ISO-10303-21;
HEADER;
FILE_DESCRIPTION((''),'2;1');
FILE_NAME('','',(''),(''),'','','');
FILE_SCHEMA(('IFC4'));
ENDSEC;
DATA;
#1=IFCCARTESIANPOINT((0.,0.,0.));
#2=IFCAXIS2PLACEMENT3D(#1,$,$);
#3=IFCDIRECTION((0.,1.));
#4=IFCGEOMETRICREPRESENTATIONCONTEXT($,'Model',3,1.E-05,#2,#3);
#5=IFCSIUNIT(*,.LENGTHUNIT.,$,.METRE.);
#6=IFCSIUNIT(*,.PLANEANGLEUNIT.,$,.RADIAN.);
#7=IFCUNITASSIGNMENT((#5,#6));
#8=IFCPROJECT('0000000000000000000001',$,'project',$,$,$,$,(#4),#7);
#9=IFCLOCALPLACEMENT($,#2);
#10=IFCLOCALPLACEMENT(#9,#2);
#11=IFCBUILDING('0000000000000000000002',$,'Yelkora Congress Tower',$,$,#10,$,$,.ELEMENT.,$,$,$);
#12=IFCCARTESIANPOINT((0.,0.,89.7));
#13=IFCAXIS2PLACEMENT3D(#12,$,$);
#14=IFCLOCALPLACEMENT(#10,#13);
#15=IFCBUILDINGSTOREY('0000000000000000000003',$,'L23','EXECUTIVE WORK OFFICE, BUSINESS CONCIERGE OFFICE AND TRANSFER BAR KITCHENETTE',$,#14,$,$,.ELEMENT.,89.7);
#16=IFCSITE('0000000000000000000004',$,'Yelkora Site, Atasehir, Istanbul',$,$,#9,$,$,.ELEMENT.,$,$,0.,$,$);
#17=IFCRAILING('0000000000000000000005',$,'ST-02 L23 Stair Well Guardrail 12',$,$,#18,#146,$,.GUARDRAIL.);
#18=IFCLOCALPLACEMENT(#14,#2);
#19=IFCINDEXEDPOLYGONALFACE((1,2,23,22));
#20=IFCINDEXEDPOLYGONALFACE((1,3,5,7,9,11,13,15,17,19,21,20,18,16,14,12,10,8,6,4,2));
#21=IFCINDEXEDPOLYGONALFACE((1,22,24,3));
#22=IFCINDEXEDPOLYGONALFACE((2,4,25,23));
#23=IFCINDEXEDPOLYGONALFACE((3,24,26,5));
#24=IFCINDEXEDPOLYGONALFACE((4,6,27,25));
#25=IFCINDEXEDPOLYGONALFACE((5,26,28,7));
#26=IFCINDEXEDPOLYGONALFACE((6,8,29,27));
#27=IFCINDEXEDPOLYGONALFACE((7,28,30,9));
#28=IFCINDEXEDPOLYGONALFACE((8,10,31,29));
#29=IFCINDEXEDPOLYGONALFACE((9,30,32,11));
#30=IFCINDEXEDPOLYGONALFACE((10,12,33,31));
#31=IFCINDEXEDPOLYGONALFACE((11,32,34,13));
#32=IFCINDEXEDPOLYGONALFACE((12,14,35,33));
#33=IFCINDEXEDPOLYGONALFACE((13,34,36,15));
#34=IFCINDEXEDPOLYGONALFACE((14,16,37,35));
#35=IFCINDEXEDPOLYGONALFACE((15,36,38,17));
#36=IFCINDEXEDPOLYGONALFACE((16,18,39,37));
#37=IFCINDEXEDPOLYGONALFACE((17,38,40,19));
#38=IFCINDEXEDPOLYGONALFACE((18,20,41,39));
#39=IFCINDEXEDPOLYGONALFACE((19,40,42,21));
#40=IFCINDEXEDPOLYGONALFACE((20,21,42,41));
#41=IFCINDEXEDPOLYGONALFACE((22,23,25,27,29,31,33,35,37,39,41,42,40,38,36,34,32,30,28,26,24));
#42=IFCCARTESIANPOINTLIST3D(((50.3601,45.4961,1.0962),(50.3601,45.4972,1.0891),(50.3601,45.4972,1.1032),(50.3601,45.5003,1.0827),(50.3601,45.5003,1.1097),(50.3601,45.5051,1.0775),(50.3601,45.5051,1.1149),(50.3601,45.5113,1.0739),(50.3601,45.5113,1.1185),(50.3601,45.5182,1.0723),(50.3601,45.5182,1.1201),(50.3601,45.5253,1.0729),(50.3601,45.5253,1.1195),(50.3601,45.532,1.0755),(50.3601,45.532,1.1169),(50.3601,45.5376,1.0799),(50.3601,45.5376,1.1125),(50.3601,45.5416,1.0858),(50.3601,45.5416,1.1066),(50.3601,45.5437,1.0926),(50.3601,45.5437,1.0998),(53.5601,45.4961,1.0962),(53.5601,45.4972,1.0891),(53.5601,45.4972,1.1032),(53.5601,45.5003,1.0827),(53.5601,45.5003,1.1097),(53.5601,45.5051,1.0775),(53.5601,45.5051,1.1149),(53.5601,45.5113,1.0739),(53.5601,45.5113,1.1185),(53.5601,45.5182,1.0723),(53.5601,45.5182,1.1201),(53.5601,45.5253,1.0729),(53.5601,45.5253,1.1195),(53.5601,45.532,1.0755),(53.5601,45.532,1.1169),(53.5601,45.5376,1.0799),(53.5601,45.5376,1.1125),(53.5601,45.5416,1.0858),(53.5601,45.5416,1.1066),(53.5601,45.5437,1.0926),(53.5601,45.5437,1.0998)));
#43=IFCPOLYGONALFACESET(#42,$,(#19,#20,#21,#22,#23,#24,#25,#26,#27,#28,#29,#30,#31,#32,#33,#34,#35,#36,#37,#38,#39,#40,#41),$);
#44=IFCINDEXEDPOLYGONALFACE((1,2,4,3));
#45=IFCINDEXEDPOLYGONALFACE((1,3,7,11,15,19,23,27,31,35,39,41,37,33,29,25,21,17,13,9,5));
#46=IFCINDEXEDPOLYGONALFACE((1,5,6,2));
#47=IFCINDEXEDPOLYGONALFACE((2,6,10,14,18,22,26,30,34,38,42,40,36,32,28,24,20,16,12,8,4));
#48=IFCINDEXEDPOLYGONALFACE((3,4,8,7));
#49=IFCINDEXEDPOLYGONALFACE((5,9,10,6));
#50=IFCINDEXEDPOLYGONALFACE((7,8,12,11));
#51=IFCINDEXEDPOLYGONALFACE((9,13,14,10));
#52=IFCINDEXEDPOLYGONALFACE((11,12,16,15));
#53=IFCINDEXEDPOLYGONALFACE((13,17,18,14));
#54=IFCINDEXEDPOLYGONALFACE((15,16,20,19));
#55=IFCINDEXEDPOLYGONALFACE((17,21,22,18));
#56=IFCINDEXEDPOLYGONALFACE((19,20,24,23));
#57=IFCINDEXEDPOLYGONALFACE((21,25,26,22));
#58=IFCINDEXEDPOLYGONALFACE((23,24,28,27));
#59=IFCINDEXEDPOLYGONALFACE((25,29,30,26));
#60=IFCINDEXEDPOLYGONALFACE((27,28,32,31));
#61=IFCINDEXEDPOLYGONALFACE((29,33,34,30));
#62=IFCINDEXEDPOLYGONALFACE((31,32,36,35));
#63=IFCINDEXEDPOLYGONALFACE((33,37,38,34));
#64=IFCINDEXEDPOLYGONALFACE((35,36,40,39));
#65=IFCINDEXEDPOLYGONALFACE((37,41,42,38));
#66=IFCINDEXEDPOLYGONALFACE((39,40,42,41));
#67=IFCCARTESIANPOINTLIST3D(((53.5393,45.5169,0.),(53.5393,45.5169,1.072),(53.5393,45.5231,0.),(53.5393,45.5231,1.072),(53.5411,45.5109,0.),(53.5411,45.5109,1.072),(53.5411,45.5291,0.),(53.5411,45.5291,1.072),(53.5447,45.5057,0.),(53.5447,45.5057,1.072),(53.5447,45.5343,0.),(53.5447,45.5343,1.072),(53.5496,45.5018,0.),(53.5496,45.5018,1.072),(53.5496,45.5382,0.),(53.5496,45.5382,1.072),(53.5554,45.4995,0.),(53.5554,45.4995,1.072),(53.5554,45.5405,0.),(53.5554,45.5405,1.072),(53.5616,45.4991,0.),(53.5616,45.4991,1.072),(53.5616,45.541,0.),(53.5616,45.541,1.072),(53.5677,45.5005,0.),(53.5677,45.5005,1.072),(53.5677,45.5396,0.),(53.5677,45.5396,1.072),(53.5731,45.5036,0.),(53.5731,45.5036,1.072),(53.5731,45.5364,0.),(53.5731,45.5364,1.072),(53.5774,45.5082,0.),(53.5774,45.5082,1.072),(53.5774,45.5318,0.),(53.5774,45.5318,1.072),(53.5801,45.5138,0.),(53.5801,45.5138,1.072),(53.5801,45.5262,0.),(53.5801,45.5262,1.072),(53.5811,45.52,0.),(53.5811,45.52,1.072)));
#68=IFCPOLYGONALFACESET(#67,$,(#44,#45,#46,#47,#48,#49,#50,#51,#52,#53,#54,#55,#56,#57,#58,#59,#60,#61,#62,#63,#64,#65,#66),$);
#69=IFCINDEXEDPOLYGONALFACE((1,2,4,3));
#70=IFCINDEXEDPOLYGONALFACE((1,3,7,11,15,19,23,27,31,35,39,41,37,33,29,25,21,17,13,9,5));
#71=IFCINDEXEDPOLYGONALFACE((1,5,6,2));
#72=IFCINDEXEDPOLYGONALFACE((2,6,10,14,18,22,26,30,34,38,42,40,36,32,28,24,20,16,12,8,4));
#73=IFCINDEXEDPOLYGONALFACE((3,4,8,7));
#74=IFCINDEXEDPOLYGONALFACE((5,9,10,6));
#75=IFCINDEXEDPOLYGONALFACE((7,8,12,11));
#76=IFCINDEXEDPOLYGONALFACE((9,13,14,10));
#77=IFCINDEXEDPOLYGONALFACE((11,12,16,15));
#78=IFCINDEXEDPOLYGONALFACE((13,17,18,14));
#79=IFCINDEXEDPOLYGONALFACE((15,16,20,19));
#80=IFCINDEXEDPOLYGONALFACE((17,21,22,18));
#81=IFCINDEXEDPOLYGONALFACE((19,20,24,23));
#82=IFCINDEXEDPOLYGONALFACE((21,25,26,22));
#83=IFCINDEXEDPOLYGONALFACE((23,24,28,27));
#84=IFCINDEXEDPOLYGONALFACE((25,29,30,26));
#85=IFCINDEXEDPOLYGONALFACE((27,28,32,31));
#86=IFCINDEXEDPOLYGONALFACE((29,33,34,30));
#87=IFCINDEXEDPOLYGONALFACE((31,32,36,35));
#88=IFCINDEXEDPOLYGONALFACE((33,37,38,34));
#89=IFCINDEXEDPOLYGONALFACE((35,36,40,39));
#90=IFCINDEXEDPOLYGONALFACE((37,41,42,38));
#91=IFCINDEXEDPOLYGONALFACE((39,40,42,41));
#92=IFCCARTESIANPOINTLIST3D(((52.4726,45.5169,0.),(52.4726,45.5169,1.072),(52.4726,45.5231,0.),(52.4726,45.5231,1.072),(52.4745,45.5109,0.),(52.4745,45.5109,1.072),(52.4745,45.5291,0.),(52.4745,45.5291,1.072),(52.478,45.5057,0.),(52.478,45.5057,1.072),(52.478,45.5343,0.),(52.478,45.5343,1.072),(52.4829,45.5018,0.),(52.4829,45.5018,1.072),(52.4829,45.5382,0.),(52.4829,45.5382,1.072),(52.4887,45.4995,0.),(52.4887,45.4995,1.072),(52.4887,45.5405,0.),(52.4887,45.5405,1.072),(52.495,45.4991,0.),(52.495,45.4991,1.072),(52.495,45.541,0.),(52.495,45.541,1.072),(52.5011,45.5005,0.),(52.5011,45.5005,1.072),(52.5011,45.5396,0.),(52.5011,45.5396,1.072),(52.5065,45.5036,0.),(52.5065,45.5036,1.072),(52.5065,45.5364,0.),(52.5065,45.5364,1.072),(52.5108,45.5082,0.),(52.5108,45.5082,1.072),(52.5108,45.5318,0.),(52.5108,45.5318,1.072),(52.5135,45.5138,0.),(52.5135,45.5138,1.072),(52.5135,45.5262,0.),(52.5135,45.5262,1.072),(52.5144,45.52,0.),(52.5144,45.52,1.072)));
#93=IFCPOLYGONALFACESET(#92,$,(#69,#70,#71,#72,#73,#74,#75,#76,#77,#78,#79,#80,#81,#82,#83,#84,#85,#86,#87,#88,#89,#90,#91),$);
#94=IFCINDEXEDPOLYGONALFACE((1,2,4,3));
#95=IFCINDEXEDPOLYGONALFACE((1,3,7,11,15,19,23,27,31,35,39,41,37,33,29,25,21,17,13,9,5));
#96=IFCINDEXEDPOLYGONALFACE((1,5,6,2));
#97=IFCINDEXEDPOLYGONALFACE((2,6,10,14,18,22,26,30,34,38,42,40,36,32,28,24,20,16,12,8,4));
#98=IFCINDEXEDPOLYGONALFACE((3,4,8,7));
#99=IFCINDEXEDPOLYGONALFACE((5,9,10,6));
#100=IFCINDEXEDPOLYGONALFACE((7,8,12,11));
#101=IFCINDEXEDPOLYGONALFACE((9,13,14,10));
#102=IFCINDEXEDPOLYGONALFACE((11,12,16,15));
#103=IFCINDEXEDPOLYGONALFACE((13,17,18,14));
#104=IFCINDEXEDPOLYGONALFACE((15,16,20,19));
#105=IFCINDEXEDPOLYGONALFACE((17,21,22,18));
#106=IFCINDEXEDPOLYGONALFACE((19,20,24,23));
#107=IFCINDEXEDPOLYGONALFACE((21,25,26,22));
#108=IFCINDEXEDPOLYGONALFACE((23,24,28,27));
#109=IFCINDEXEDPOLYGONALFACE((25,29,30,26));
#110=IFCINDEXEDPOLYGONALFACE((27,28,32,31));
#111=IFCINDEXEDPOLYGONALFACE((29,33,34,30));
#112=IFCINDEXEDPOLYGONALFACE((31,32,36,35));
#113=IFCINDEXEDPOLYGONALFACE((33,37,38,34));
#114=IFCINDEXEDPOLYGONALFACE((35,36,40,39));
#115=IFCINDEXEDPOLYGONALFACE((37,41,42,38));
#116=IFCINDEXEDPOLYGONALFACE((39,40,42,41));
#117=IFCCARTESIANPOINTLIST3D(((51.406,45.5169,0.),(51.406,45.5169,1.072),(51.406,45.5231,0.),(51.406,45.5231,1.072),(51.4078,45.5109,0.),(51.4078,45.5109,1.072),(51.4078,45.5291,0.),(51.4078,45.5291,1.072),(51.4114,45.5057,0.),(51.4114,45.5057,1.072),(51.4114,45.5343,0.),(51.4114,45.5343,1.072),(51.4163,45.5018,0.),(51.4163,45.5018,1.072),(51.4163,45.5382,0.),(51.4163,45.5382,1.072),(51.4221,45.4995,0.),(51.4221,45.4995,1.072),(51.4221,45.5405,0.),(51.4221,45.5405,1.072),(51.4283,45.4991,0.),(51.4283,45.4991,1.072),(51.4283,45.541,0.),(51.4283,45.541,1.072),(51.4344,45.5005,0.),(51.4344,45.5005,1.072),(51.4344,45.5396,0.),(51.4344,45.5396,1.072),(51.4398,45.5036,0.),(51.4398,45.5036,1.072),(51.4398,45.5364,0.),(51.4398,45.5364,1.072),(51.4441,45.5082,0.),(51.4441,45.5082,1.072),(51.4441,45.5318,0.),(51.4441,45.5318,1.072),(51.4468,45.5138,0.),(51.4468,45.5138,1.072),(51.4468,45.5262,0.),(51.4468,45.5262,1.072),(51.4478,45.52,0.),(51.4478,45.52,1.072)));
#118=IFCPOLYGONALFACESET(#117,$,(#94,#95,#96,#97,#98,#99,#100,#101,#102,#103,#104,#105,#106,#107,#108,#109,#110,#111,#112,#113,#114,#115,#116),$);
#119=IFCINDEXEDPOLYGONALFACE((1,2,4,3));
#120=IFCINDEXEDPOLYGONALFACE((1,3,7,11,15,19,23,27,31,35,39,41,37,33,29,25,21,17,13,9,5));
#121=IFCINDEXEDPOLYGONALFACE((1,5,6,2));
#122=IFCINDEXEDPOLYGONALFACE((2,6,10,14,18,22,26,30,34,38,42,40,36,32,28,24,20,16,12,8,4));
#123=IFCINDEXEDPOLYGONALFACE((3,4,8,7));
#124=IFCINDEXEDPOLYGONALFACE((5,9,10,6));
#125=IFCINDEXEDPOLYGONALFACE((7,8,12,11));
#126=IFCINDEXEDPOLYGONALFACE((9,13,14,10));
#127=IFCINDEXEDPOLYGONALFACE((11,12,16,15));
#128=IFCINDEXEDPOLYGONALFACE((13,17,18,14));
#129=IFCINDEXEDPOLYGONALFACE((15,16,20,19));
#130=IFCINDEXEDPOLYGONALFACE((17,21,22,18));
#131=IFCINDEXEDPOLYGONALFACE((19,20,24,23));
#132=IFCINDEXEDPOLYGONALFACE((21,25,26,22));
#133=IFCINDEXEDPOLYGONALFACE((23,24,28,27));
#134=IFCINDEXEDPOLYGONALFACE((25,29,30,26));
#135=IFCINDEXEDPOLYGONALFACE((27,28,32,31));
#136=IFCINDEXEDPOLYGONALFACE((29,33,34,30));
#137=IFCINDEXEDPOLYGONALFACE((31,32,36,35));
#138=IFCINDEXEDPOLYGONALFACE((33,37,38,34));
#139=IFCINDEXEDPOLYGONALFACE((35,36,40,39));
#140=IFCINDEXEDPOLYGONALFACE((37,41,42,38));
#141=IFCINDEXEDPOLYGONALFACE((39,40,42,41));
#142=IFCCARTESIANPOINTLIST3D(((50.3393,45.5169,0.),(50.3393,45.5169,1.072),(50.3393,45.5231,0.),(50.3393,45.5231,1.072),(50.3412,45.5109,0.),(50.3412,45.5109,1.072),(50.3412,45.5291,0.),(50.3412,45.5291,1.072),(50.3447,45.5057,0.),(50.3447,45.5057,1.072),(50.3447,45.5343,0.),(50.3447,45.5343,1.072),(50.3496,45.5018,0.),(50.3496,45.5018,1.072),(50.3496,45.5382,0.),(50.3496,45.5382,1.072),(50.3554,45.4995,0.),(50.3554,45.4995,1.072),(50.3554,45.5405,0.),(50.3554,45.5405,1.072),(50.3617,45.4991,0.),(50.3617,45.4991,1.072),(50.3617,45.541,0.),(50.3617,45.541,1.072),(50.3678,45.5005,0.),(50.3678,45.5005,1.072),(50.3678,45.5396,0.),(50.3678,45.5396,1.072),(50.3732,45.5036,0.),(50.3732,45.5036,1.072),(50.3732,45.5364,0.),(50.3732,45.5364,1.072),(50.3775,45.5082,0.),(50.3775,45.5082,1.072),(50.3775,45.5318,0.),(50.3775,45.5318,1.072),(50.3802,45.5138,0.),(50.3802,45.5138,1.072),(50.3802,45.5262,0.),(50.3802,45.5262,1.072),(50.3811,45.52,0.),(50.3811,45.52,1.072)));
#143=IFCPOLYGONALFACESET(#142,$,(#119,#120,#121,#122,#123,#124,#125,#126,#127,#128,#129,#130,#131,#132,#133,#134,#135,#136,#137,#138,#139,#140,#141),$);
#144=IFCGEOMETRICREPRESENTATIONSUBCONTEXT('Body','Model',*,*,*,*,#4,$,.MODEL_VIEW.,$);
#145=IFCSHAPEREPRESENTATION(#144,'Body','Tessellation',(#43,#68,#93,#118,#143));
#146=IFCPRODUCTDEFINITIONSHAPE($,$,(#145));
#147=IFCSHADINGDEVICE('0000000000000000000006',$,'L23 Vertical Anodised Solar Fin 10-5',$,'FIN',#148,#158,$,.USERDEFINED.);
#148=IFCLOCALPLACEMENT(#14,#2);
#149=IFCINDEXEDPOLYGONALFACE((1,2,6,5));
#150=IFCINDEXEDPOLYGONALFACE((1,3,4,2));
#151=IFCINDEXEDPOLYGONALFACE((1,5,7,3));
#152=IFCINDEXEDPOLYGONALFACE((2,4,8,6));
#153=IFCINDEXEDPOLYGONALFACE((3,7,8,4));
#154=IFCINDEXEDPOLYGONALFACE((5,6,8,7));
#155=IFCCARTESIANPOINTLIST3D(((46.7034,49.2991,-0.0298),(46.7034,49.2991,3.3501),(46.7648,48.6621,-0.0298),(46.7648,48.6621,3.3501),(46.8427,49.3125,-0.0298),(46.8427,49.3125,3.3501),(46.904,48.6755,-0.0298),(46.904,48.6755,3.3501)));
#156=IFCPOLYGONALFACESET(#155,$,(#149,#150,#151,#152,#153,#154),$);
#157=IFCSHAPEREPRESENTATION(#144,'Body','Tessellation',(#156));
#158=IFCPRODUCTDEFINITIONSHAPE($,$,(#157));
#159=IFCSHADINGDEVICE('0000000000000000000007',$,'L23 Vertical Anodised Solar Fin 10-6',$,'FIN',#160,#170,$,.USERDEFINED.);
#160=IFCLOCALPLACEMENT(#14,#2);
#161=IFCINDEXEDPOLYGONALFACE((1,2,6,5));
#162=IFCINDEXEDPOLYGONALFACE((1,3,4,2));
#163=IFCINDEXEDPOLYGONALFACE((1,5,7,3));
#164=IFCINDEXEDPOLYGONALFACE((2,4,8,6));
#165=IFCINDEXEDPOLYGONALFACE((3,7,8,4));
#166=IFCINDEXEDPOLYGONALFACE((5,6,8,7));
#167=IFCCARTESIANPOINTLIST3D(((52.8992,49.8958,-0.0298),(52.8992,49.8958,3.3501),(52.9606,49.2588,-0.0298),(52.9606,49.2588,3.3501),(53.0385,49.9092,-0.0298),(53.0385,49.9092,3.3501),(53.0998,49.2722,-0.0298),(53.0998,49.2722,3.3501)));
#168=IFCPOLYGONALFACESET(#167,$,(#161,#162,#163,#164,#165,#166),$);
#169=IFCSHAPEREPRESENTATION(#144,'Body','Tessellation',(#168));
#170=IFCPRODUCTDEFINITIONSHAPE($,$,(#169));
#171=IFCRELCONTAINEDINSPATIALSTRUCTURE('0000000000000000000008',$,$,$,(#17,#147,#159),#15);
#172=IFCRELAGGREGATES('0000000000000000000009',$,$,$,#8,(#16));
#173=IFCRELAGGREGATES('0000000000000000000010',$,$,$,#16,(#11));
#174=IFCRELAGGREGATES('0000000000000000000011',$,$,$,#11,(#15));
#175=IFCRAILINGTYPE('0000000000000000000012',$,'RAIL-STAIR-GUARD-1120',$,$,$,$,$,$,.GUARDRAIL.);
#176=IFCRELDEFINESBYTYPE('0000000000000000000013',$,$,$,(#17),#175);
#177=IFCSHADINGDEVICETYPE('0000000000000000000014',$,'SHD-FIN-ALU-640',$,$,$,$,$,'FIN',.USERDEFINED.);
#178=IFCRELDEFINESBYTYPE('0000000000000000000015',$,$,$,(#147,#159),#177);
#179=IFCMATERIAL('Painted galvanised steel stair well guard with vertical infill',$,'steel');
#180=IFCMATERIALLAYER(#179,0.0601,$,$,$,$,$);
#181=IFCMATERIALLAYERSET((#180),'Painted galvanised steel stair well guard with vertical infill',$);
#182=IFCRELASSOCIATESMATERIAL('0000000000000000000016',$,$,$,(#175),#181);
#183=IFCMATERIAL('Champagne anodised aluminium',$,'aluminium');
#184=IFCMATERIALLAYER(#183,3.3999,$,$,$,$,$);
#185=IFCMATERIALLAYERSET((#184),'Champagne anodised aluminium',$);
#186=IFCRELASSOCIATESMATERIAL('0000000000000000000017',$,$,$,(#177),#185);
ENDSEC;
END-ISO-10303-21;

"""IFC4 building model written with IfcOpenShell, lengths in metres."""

from ifc_helpers import new_model, si_unit, direction, frame, origin, origin_2d, place, context, subcontext, project, spatial, rectangle, circle, extrude, material, layer, layer_set, type_object, element, save


model = new_model("IFC4")

# Units and contexts
model_context = context("Model", 3, precision=1e-05, world=origin(), true_north=direction((0.0, 1.0)))
body_context = subcontext(model_context, "Body", "Model", "MODEL_VIEW")
ifc_project = project(units=[si_unit("LENGTHUNIT", "METRE"), si_unit("PLANEANGLEUNIT", "RADIAN")], contexts=[model_context])

# Site, building, storey
site_placement = place(None, origin())
site = spatial("IfcSite", under=ifc_project, at=site_placement, Name="Yelkora Site, Atasehir, Istanbul", CompositionType="ELEMENT", RefElevation=0.0)
building_placement = place(site_placement, origin())
building = spatial("IfcBuilding", under=site, at=building_placement, Name="Yelkora Congress Tower", CompositionType="ELEMENT")
storey_placement = place(building_placement, frame((0.0, 0.0, 89.7)))
storey = spatial("IfcBuildingStorey", under=building, at=storey_placement, Name="L23", Description="EXECUTIVE WORK OFFICE, BUSINESS CONCIERGE OFFICE AND TRANSFER BAR KITCHENETTE", CompositionType="ELEMENT", Elevation=89.7)

# Railing
ifc_material_1 = material(Name="Painted galvanised steel stair well guard with vertical infill", Category="steel")
ifc_layer_1 = layer(ifc_material_1, 0.0601)
ifc_layer_set_1 = layer_set([ifc_layer_1], Name="Painted galvanised steel stair well guard with vertical infill")
railing_type = type_object("IfcRailingType", Name="RAIL-STAIR-GUARD-1120", PredefinedType="GUARDRAIL", material=ifc_layer_set_1)
railing_1_placement = place(storey_placement, frame((53.5601, 45.52, 0.0)))
element("IfcRailing", 1, at=railing_1_placement, inside=storey, type_object=railing_type, Name="ST-02 L23 Stair Well Guardrail 12", PredefinedType="GUARDRAIL", context=body_context, shape_type="SweptSolid", body=[
    extrude(circle(Radius=0.0239, at=origin_2d()), frame((0.0, 0.0, 1.0962), z_axis=(-1.0, 0.0, 0.0), x_axis=(0.0, -1.0, 0.0)), (0.0, 0.0, 1.0), 3.2),
    extrude(circle(Radius=0.021, at=origin_2d()), origin(), (0.0, 0.0, 1.0), 1.072),
    extrude(circle(Radius=0.021, at=origin_2d()), frame((-1.0667, 0.0, 0.0)), (0.0, 0.0, 1.0), 1.072),
    extrude(circle(Radius=0.021, at=origin_2d()), frame((-2.1333, 0.0, 0.0)), (0.0, 0.0, 1.0), 1.072),
    extrude(circle(Radius=0.021, at=origin_2d()), frame((-3.2, 0.0, 0.0)), (0.0, 0.0, 1.0), 1.072),
])

# Shading devices
ifc_material_2 = material(Name="Champagne anodised aluminium", Category="aluminium")
ifc_layer_2 = layer(ifc_material_2, 3.3999)
ifc_layer_set_2 = layer_set([ifc_layer_2], Name="Champagne anodised aluminium")
shading_device_type = type_object("IfcShadingDeviceType", Name="SHD-FIN-ALU-640", ElementType="FIN", PredefinedType="USERDEFINED", material=ifc_layer_set_2)
for number, where, z_axis, x_axis, name in (
    (2, (46.8037, 48.9873, -0.0298), (0.0, 0.0, 1.0), (0.995396, 0.095846, 0.0), "L23 Vertical Anodised Solar Fin 10-5"),
    (3, (52.9995, 49.584, -0.0298), (0.0, 0.0, 1.0), (0.995396, 0.095846, 0.0), "L23 Vertical Anodised Solar Fin 10-6"),
):
    element("IfcShadingDevice", number, at=place(storey_placement, frame(where, z_axis=z_axis, x_axis=x_axis)), inside=storey, type_object=shading_device_type, Name=name, ObjectType="FIN", PredefinedType="USERDEFINED", context=body_context, shape_type="SweptSolid", body=[
        extrude(rectangle(XDim=0.1399, YDim=0.6399, at=origin_2d()), origin(), (0.0, 0.0, 1.0), 3.3799),
    ])

save(model, "model.ifc")
